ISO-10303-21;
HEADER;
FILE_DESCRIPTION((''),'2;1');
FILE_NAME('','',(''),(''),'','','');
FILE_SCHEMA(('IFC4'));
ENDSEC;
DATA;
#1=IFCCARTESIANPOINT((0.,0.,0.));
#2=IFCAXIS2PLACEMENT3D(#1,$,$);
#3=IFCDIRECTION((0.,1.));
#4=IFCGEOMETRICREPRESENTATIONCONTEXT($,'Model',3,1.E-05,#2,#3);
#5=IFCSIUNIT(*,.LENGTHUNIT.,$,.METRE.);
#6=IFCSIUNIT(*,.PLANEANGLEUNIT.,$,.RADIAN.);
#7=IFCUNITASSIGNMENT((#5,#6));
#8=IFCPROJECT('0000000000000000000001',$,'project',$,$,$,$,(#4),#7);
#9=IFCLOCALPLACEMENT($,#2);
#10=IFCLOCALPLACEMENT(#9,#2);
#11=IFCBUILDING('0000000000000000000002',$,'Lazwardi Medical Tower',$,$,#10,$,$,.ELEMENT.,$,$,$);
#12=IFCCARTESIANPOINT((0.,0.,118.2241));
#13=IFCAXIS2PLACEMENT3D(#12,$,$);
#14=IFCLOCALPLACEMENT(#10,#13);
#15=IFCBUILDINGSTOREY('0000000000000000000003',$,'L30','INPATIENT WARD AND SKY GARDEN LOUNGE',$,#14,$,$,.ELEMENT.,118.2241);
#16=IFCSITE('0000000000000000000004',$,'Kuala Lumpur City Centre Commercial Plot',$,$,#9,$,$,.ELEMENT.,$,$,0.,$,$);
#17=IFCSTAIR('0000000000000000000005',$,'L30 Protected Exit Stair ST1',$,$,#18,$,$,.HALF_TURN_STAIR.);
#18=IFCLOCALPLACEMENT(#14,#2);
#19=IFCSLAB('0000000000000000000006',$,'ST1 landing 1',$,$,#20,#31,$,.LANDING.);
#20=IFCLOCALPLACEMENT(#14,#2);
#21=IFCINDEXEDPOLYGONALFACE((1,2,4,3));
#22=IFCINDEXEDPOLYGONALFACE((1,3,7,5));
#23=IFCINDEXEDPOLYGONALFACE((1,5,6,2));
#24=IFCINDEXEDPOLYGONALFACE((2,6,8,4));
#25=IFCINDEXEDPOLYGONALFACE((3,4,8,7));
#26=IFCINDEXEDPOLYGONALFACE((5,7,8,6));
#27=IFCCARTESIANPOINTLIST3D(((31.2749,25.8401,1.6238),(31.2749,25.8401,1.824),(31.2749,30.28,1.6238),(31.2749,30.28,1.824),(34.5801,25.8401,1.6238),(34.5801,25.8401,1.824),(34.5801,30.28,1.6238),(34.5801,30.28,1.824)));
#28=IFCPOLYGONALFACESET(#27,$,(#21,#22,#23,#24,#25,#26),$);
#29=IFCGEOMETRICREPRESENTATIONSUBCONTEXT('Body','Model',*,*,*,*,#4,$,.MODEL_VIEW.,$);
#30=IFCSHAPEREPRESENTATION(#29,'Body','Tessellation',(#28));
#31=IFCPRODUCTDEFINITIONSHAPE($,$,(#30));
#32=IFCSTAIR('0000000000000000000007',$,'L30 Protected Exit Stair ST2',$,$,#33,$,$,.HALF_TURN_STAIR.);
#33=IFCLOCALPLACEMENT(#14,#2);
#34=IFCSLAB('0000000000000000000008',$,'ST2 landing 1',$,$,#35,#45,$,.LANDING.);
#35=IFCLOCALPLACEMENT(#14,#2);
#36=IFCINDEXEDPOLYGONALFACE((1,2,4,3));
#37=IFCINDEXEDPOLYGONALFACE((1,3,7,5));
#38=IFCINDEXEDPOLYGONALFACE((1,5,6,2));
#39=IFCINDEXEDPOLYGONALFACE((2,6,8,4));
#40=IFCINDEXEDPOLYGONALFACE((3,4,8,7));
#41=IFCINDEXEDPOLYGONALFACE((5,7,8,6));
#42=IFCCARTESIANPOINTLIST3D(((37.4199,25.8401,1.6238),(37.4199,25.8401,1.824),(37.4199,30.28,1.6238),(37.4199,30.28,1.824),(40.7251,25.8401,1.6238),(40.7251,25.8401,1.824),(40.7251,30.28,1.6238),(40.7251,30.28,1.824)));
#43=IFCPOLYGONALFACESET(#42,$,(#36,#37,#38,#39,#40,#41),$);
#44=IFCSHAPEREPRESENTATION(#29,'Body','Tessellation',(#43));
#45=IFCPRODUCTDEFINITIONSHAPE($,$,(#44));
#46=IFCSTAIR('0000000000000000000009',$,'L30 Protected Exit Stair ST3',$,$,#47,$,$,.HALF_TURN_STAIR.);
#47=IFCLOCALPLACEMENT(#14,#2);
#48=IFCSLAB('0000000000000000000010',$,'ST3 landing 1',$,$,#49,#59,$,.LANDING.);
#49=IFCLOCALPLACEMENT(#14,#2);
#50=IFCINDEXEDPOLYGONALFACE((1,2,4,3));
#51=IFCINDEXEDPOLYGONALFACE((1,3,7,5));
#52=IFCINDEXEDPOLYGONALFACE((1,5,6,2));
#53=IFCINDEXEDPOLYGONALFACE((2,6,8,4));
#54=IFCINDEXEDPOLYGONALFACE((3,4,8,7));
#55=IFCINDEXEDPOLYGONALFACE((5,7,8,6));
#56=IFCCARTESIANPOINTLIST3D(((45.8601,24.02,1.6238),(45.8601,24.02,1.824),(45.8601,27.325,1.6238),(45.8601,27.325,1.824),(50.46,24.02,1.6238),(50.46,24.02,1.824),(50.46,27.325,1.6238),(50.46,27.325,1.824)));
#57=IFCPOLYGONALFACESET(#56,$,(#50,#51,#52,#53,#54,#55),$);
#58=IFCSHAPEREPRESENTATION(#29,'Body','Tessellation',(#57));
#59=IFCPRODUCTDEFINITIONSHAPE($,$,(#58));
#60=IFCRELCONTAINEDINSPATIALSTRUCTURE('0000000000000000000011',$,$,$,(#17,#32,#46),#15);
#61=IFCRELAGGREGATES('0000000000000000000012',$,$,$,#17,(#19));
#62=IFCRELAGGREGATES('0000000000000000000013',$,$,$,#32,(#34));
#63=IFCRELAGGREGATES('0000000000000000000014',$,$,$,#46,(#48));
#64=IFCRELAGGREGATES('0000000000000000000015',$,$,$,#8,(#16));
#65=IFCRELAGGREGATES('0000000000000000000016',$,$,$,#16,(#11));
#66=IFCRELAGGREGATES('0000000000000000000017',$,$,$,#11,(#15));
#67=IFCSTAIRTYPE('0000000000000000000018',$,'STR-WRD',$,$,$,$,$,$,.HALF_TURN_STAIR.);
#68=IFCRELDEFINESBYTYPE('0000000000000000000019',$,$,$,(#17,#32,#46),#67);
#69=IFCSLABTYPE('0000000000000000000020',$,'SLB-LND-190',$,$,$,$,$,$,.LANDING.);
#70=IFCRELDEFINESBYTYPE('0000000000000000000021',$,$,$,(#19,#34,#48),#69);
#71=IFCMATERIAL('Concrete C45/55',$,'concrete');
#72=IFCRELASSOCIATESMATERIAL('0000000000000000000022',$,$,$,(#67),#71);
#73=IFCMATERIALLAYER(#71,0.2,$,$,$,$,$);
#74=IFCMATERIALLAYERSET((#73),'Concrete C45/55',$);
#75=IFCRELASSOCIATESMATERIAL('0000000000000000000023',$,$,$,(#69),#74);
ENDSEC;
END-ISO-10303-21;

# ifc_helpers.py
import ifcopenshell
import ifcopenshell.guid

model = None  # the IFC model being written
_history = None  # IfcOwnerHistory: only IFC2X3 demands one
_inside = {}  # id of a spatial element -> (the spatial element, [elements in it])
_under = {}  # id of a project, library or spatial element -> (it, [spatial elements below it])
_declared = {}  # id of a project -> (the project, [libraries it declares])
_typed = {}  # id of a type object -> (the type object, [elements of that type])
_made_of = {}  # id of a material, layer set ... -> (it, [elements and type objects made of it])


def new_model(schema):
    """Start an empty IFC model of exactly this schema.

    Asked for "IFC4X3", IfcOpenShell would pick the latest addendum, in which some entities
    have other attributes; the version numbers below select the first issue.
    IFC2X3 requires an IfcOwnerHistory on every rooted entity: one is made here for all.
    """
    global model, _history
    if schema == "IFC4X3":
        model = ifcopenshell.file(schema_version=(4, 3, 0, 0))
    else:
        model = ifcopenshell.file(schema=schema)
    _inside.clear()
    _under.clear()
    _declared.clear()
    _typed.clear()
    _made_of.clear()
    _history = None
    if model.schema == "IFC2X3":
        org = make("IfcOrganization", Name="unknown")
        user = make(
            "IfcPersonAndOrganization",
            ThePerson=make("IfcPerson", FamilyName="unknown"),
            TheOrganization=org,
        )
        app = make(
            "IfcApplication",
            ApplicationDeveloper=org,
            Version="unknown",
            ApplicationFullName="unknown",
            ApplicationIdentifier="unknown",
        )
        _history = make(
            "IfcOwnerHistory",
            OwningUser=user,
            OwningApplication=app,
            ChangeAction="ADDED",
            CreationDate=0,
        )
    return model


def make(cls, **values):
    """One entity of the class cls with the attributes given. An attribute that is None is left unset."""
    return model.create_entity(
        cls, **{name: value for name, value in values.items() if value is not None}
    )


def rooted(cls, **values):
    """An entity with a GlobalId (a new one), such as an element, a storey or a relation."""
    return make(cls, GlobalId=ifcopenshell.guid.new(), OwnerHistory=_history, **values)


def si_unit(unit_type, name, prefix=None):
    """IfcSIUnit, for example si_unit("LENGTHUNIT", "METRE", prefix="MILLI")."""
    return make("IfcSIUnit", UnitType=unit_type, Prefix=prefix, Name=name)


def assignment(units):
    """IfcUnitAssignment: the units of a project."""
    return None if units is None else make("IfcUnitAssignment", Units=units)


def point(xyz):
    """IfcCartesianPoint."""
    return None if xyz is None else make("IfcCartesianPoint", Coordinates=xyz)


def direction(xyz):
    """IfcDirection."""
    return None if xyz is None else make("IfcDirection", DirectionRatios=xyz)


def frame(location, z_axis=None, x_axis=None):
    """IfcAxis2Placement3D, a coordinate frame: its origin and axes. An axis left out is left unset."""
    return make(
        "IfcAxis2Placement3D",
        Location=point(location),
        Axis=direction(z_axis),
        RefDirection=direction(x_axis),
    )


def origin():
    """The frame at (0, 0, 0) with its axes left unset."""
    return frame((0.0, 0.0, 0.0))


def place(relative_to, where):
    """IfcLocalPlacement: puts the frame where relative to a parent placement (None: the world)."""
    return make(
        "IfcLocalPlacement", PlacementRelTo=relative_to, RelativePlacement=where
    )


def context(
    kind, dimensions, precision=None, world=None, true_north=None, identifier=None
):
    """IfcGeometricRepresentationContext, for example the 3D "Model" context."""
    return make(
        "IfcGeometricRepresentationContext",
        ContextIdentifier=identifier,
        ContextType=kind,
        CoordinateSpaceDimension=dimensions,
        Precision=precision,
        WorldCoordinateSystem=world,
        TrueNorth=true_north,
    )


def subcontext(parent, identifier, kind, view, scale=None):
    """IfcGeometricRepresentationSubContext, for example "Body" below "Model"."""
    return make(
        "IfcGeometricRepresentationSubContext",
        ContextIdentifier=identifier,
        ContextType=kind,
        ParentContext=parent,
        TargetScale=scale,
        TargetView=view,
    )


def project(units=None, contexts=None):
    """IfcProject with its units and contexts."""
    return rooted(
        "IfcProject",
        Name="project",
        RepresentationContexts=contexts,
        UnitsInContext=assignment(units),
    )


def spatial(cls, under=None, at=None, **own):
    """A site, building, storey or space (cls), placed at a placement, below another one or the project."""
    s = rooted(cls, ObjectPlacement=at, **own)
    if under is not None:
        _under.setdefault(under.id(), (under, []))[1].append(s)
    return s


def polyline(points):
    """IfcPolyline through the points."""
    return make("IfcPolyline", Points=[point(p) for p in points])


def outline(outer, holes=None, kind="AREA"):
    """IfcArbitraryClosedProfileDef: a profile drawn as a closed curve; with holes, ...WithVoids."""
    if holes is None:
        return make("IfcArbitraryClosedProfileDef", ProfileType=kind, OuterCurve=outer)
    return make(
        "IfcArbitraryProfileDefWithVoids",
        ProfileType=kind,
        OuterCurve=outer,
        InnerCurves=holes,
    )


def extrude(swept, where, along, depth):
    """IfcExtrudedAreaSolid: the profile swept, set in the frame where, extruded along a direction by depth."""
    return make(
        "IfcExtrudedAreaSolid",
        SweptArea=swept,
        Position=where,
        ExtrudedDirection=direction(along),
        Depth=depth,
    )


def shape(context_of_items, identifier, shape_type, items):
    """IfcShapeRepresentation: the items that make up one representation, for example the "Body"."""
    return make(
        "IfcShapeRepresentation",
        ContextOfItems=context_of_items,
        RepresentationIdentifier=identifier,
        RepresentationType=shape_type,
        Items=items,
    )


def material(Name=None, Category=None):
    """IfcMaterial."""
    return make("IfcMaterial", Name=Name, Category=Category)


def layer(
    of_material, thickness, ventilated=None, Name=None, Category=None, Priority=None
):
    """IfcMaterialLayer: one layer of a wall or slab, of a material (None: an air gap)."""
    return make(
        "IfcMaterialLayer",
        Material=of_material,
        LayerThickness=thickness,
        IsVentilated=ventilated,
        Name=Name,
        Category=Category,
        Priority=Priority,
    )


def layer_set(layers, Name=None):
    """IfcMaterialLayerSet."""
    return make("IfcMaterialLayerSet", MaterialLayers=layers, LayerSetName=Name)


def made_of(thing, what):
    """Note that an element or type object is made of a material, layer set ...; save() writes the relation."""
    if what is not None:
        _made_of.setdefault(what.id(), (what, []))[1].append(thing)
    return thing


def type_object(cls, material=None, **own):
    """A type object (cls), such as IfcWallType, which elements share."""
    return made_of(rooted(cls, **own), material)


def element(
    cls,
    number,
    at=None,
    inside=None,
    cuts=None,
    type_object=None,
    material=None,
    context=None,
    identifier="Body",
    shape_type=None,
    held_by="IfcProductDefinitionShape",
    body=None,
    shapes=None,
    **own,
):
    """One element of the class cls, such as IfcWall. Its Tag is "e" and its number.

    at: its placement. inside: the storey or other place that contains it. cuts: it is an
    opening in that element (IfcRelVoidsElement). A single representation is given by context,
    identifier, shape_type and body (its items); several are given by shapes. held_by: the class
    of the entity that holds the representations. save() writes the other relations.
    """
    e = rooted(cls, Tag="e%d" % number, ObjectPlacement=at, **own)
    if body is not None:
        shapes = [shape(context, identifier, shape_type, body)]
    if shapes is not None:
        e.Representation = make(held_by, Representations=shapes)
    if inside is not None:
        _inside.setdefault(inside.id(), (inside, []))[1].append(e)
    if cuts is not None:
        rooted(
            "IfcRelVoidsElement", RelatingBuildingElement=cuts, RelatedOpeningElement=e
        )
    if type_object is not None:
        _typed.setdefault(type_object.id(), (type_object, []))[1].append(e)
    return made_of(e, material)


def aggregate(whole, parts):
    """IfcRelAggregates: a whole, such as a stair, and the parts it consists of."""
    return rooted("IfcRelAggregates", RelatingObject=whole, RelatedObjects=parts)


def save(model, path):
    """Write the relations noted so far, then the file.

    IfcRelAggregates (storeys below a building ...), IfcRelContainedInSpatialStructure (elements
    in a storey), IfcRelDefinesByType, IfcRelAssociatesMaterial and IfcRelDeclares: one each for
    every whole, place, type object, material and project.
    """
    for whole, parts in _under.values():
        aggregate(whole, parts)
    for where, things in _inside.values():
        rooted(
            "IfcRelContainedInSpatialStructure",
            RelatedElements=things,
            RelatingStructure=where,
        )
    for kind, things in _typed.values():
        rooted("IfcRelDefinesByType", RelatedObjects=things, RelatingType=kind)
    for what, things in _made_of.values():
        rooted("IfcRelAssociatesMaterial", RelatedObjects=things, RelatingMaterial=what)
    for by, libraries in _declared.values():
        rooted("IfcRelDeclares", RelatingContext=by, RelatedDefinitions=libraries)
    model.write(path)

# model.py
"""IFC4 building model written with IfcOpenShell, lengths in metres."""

from ifc_helpers import new_model, si_unit, direction, frame, origin, place, context, subcontext, project, spatial, polyline, outline, extrude, material, layer, layer_set, type_object, element, aggregate, save


model = new_model("IFC4")

# Units and contexts
model_context = context("Model", 3, precision=1e-05, world=origin(), true_north=direction((0.0, 1.0)))
body_context = subcontext(model_context, "Body", "Model", "MODEL_VIEW")
ifc_project = project(units=[si_unit("LENGTHUNIT", "METRE"), si_unit("PLANEANGLEUNIT", "RADIAN")], contexts=[model_context])

# Site, building, storey
site_placement = place(None, origin())
site = spatial("IfcSite", under=ifc_project, at=site_placement, Name="Kuala Lumpur City Centre Commercial Plot", CompositionType="ELEMENT", RefElevation=0.0)
building_placement = place(site_placement, origin())
building = spatial("IfcBuilding", under=site, at=building_placement, Name="Lazwardi Medical Tower", CompositionType="ELEMENT")
storey_placement = place(building_placement, frame((0.0, 0.0, 118.2241)))
storey = spatial("IfcBuildingStorey", under=building, at=storey_placement, Name="L30", Description="INPATIENT WARD AND SKY GARDEN LOUNGE", CompositionType="ELEMENT", Elevation=118.2241)

# Stairs, slabs
ifc_material_1 = material(Name="Concrete C45/55", Category="concrete")
stair_type = type_object("IfcStairType", Name="STR-WRD", PredefinedType="HALF_TURN_STAIR", material=ifc_material_1)
stair_1_placement = place(storey_placement, origin())
stair_1 = element("IfcStair", 1, at=stair_1_placement, inside=storey, type_object=stair_type, Name="L30 Protected Exit Stair ST1", PredefinedType="HALF_TURN_STAIR")
ifc_layer_1 = layer(ifc_material_1, 0.2)
ifc_layer_set_1 = layer_set([ifc_layer_1], Name="Concrete C45/55")
slab_type_1 = type_object("IfcSlabType", Name="SLB-LND-190", PredefinedType="LANDING", material=ifc_layer_set_1)
slab_1_placement = place(storey_placement, frame((0.0, 0.0, 1.6238)))
slab_1 = element("IfcSlab", 2, at=slab_1_placement, type_object=slab_type_1, Name="ST1 landing 1", PredefinedType="LANDING", context=body_context, shape_type="SweptSolid", body=[
    extrude(outline(polyline([(31.2749, 25.8401), (34.5801, 25.8401), (34.5801, 30.28), (31.2749, 30.28), (31.2749, 25.8401)])), origin(), (0.0, 0.0, 1.0), 0.2002),
])
aggregate(stair_1, [slab_1])
stair_2_placement = place(storey_placement, origin())
stair_2 = element("IfcStair", 3, at=stair_2_placement, inside=storey, type_object=stair_type, Name="L30 Protected Exit Stair ST2", PredefinedType="HALF_TURN_STAIR")
slab_2_placement = place(storey_placement, frame((0.0, 0.0, 1.6238)))
slab_2 = element("IfcSlab", 4, at=slab_2_placement, type_object=slab_type_1, Name="ST2 landing 1", PredefinedType="LANDING", context=body_context, shape_type="SweptSolid", body=[
    extrude(outline(polyline([(40.7251, 30.28), (37.4199, 30.28), (37.4199, 25.8401), (40.7251, 25.8401), (40.7251, 30.28)])), origin(), (0.0, 0.0, 1.0), 0.2002),
])
aggregate(stair_2, [slab_2])
stair_3_placement = place(storey_placement, origin())
stair_3 = element("IfcStair", 5, at=stair_3_placement, inside=storey, type_object=stair_type, Name="L30 Protected Exit Stair ST3", PredefinedType="HALF_TURN_STAIR")
slab_3_placement = place(storey_placement, frame((0.0, 0.0, 1.6238)))
slab_3 = element("IfcSlab", 6, at=slab_3_placement, type_object=slab_type_1, Name="ST3 landing 1", PredefinedType="LANDING", context=body_context, shape_type="SweptSolid", body=[
    extrude(outline(polyline([(45.8601, 27.325), (45.8601, 24.02), (50.46, 24.02), (50.46, 27.325), (45.8601, 27.325)])), origin(), (0.0, 0.0, 1.0), 0.2002),
])
aggregate(stair_3, [slab_3])

save(model, "model.ifc")
